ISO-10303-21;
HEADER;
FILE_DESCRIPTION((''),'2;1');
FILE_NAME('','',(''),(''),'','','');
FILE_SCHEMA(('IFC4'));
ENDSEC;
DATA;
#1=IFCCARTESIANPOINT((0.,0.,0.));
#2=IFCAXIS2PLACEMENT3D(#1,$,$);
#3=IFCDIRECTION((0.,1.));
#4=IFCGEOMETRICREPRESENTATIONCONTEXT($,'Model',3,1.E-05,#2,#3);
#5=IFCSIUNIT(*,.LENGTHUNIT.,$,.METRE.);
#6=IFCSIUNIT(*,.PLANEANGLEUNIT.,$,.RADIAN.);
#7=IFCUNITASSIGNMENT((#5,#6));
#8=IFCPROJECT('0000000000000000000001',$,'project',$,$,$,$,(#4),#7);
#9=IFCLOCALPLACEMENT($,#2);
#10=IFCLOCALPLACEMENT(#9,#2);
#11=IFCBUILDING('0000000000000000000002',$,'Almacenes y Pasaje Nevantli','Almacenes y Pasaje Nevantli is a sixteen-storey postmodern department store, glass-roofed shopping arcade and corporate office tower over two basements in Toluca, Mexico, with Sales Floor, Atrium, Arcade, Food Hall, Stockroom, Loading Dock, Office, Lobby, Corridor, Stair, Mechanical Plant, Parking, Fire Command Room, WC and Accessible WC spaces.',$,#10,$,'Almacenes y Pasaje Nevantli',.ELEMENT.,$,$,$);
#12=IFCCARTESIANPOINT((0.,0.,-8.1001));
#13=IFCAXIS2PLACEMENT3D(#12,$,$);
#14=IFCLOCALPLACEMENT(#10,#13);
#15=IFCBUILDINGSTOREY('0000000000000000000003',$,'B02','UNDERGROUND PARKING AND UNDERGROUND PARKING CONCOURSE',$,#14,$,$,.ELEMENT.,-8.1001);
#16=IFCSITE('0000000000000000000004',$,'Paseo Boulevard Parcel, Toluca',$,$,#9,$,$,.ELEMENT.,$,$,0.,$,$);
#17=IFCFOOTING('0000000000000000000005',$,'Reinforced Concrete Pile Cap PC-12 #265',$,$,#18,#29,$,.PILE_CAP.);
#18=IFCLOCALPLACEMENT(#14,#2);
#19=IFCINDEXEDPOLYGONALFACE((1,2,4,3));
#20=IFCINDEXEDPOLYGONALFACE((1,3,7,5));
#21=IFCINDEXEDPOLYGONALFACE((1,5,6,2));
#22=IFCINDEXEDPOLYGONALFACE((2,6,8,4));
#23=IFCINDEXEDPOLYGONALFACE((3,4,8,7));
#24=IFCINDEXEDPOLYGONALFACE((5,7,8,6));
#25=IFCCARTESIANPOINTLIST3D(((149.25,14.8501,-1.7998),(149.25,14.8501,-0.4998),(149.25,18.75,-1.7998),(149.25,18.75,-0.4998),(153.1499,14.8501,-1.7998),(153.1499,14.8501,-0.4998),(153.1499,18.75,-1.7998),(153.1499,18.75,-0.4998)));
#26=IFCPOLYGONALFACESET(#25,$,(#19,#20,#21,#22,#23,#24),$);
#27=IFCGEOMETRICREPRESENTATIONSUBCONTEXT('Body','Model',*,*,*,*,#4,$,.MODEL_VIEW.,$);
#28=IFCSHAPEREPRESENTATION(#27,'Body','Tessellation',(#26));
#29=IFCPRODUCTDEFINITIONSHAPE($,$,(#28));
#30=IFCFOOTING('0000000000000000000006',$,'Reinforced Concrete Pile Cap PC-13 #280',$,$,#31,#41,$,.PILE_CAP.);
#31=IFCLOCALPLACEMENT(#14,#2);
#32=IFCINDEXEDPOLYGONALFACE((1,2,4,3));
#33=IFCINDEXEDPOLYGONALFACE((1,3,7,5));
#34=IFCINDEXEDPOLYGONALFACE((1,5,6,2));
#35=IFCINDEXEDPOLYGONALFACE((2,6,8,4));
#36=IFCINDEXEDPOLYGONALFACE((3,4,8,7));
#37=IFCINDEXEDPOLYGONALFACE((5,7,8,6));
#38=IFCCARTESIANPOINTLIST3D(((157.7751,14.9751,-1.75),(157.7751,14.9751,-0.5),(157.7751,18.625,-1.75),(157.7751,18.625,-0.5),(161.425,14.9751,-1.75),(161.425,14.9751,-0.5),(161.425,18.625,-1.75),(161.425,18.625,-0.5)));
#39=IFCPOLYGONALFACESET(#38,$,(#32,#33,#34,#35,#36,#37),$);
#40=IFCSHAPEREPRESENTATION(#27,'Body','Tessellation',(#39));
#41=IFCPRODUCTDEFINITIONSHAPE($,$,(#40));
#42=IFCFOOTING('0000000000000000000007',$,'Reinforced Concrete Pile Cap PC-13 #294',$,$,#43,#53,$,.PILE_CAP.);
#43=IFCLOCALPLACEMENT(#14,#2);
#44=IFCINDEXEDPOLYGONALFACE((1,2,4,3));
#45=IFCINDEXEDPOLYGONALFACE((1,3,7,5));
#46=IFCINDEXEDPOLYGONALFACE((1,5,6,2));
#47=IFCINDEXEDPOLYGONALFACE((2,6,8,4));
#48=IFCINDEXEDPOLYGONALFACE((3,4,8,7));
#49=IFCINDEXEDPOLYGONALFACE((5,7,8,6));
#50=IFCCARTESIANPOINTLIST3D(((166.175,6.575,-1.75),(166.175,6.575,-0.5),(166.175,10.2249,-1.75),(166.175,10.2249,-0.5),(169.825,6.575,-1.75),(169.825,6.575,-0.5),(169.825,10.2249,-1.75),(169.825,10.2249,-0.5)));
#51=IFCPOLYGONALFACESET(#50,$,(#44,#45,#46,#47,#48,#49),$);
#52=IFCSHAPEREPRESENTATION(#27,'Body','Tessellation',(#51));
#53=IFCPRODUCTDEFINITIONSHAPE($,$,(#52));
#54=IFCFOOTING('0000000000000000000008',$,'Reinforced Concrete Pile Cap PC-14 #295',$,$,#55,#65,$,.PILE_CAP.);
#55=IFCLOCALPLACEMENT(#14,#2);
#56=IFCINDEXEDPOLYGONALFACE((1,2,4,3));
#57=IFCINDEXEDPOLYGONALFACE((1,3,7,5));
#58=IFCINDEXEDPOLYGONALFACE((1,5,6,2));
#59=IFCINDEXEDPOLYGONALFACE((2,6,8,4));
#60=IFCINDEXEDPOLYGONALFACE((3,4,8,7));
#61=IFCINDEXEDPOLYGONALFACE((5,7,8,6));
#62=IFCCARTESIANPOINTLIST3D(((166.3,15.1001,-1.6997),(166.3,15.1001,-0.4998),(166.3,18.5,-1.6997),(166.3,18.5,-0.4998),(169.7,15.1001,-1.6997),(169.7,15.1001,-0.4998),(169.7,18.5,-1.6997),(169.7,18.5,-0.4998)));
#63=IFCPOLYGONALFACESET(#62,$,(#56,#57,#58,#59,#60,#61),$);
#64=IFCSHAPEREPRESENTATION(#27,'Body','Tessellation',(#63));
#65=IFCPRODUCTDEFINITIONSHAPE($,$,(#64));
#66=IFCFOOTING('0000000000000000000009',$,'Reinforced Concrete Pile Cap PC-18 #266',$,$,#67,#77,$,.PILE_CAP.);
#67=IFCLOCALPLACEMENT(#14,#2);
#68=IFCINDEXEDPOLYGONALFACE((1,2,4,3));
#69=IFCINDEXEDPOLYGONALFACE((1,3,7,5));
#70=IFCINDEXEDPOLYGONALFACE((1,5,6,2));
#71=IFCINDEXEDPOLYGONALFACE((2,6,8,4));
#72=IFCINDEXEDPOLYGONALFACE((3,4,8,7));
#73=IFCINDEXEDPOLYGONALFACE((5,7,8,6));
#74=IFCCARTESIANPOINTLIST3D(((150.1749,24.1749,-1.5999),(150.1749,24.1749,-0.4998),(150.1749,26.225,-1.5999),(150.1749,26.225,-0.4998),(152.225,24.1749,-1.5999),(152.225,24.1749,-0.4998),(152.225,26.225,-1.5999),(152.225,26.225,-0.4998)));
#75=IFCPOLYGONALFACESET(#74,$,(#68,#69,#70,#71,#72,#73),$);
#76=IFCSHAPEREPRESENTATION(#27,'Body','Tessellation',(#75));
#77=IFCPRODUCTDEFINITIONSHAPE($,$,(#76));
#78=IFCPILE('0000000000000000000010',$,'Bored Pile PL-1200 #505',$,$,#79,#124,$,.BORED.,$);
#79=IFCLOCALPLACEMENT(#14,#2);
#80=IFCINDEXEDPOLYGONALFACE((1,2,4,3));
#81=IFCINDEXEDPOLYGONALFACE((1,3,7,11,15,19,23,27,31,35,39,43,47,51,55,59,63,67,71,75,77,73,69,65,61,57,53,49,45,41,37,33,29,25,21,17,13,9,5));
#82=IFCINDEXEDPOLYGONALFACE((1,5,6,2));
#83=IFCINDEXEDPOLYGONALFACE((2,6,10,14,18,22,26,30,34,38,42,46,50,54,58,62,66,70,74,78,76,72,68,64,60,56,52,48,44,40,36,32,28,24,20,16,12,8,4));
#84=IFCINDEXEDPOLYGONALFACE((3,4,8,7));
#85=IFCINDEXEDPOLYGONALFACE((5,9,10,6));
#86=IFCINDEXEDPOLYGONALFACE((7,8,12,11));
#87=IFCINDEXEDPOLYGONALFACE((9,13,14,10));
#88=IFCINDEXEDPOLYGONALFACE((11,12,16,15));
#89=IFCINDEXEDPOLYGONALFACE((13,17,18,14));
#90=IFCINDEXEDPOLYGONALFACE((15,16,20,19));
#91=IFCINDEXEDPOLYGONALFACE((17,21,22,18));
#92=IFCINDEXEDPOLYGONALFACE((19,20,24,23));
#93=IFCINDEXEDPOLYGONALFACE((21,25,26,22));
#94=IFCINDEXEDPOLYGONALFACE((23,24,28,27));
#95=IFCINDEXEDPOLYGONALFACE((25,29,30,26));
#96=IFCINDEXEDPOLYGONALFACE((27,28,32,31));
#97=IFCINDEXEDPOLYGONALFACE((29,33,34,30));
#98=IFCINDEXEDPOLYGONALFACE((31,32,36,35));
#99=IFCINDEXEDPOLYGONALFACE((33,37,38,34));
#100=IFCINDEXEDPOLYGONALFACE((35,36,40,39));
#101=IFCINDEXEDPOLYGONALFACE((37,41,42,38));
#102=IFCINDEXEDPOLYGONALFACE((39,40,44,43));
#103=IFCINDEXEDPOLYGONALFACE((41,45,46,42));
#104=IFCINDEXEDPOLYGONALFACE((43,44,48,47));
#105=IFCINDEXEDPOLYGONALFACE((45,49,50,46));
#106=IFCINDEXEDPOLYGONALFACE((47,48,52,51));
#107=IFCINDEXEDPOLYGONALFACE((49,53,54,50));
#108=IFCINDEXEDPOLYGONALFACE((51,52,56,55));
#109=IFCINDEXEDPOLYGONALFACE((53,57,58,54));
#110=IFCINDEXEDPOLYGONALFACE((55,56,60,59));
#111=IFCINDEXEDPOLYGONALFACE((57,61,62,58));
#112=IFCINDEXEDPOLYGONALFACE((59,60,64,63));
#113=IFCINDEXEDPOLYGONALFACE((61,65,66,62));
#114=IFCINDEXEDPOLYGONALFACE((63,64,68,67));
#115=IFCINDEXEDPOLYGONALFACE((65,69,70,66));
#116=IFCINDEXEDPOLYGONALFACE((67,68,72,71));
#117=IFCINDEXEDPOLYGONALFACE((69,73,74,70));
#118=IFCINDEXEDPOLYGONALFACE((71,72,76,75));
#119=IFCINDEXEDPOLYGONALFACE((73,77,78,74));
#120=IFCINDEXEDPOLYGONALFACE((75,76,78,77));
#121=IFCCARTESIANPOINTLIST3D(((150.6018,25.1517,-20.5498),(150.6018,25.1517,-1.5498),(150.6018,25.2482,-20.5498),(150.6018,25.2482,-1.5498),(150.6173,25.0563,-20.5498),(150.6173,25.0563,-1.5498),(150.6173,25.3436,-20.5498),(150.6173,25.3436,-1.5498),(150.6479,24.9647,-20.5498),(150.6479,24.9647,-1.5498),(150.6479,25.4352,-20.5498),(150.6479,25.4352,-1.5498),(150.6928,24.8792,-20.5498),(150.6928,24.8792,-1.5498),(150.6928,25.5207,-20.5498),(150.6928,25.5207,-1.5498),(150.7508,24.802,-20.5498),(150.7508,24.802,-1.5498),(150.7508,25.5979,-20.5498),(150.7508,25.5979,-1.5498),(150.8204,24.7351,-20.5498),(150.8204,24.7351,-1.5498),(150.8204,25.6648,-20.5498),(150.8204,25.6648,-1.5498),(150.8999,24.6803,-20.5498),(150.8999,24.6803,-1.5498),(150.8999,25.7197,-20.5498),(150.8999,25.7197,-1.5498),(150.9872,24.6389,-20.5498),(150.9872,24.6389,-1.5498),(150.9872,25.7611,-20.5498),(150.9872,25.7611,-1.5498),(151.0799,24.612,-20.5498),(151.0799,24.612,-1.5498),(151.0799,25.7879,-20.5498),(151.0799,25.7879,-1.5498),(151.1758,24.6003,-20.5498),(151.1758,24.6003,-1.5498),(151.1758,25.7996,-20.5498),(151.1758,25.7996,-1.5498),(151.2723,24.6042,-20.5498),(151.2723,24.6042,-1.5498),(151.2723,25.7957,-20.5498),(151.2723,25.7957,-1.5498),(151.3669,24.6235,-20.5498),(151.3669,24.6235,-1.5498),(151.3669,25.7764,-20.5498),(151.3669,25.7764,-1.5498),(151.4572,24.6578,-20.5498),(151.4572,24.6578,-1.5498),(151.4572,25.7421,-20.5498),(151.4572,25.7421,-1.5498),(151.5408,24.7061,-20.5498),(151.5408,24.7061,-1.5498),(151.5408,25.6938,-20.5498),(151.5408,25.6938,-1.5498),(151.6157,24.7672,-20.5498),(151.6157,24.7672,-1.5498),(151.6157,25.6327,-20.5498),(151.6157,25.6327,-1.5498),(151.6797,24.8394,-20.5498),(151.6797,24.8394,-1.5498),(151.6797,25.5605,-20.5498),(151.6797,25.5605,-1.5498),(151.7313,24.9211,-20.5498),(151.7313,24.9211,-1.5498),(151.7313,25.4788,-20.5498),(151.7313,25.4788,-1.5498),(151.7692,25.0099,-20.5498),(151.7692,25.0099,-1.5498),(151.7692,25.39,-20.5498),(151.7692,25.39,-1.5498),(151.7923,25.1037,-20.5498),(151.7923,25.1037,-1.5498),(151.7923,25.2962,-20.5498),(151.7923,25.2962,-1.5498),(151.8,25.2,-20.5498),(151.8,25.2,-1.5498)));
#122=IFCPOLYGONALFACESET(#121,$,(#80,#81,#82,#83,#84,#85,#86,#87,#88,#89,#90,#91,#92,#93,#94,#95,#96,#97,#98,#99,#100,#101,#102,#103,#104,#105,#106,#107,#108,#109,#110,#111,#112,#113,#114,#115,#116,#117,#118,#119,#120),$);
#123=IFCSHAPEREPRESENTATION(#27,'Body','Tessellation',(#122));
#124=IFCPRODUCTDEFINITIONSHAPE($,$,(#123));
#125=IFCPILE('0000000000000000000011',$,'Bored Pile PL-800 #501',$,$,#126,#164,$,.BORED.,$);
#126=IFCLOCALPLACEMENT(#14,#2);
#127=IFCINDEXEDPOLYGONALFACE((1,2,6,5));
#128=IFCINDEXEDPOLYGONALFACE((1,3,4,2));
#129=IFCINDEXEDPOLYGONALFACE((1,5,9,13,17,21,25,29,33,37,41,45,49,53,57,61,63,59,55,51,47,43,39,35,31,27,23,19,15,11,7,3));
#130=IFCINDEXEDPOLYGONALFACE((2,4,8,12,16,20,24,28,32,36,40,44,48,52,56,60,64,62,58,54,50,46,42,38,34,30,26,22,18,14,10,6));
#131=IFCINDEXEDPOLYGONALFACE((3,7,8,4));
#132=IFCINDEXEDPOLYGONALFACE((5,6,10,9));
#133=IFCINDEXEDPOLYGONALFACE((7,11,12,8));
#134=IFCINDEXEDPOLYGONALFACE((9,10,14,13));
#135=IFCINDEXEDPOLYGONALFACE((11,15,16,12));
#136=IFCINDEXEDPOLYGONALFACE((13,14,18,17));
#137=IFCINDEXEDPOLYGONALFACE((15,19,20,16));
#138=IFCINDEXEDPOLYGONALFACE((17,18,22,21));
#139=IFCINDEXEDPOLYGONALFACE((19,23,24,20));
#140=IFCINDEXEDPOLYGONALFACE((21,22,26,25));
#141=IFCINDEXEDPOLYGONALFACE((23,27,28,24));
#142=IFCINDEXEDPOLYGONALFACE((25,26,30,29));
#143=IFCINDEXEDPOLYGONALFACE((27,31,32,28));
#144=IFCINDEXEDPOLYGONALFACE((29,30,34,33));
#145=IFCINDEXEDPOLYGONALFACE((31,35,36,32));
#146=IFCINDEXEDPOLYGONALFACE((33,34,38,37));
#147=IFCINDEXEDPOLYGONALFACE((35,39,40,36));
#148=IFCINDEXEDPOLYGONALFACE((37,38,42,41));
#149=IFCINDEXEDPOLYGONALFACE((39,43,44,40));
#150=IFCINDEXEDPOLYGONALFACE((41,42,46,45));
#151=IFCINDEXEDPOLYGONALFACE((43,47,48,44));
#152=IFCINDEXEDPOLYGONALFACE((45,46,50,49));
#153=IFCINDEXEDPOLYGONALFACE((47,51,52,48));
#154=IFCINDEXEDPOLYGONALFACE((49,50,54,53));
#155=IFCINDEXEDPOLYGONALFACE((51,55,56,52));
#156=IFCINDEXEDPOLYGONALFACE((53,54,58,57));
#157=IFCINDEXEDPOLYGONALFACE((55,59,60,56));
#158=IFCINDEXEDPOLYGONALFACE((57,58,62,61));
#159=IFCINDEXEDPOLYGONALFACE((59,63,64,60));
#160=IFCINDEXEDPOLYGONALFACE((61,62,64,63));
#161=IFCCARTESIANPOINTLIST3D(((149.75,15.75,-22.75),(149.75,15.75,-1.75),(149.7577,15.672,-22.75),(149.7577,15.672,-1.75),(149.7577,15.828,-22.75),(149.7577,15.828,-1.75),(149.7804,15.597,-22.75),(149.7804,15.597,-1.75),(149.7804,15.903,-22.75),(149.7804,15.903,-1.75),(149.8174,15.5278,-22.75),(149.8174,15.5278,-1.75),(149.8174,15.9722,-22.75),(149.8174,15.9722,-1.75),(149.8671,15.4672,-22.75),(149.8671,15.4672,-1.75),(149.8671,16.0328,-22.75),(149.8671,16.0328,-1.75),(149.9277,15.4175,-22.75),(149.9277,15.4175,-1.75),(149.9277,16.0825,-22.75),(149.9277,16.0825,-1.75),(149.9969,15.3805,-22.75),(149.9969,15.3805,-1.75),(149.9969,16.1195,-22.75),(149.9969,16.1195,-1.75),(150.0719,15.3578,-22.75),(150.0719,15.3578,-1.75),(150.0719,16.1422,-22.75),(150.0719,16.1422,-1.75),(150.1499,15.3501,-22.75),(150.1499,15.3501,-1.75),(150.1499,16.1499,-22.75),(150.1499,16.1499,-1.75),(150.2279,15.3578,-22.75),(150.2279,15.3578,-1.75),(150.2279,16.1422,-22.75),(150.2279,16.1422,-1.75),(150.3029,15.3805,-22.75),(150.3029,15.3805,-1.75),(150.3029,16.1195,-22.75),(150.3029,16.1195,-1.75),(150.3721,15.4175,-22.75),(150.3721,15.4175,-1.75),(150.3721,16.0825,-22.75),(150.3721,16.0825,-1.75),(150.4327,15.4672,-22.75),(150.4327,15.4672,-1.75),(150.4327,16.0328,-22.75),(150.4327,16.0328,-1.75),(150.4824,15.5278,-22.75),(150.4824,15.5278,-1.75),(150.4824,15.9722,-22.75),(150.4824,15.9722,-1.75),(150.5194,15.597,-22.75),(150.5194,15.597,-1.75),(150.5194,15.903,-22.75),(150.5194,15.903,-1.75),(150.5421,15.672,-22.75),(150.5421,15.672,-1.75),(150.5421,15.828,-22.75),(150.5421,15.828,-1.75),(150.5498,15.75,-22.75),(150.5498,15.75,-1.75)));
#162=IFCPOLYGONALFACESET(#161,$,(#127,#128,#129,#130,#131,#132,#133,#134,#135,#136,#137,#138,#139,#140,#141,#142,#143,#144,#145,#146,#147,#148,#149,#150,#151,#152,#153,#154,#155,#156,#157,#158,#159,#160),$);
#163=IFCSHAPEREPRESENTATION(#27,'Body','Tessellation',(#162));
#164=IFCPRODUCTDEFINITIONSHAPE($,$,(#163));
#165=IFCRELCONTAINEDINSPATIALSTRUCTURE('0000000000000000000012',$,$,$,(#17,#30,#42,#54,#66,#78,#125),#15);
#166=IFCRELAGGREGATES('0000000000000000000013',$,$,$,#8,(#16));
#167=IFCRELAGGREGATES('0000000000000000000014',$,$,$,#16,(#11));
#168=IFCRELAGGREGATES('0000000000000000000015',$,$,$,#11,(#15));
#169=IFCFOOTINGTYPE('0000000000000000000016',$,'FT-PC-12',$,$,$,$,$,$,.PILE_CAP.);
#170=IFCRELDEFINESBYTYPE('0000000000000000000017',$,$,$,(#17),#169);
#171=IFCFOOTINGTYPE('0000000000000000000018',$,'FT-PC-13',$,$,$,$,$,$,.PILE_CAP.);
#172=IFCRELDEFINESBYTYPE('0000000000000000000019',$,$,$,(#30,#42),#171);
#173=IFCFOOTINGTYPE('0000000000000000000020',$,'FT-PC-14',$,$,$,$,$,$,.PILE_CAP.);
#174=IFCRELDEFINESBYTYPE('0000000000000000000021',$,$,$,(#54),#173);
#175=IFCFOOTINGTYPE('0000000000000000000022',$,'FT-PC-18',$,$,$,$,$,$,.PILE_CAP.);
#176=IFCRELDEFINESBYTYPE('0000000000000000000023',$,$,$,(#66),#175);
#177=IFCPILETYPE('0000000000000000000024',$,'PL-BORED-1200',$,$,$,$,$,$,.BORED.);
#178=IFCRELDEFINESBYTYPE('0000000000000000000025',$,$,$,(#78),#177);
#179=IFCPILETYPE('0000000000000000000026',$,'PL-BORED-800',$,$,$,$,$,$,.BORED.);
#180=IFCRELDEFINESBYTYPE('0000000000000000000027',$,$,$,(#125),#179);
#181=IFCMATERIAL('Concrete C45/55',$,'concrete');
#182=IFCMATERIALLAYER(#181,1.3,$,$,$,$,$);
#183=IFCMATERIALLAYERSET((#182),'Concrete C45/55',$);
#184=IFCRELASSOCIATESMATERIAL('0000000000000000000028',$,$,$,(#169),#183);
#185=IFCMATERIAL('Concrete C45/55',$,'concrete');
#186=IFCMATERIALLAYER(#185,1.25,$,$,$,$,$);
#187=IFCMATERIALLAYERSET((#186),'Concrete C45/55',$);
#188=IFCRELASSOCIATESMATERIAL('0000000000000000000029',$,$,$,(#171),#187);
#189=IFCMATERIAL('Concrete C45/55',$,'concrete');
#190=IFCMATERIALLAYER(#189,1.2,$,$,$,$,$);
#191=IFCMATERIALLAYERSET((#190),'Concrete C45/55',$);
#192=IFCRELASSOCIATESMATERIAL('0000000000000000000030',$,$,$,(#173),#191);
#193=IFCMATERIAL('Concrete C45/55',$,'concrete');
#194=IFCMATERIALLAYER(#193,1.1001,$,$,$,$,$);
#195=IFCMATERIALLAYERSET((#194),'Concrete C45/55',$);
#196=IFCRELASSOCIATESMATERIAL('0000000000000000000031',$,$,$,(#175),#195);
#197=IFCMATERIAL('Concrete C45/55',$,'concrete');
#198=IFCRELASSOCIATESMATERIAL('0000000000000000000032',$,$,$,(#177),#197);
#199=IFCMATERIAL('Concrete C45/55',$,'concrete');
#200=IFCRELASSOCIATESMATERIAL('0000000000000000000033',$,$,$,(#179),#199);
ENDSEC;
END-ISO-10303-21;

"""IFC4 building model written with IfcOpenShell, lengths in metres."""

from ifc_helpers import new_model, si_unit, direction, frame, origin, origin_2d, place, context, subcontext, project, spatial, rectangle, circle, extrude, material, layer, layer_set, material_profile, profile_set, type_object, element, save


model = new_model("IFC4")

# Units and contexts
model_context = context("Model", 3, precision=1e-05, world=origin(), true_north=direction((0.0, 1.0)))
body_context = subcontext(model_context, "Body", "Model", "MODEL_VIEW")
ifc_project = project(units=[si_unit("LENGTHUNIT", "METRE"), si_unit("PLANEANGLEUNIT", "RADIAN")], contexts=[model_context])

# Site, building, storey
site_placement = place(None, origin())
site = spatial("IfcSite", under=ifc_project, at=site_placement, Name="Paseo Boulevard Parcel, Toluca", CompositionType="ELEMENT", RefElevation=0.0)
building_placement = place(site_placement, origin())
building = spatial("IfcBuilding", under=site, at=building_placement, Name="Almacenes y Pasaje Nevantli", Description="Almacenes y Pasaje Nevantli is a sixteen-storey postmodern department store, glass-roofed shopping arcade and corporate office tower over two basements in Toluca, Mexico, with Sales Floor, Atrium, Arcade, Food Hall, Stockroom, Loading Dock, Office, Lobby, Corridor, Stair, Mechanical Plant, Parking, Fire Command Room, WC and Accessible WC spaces.", LongName="Almacenes y Pasaje Nevantli", CompositionType="ELEMENT")
storey_placement = place(building_placement, frame((0.0, 0.0, -8.1001)))
storey = spatial("IfcBuildingStorey", under=building, at=storey_placement, Name="B02", Description="UNDERGROUND PARKING AND UNDERGROUND PARKING CONCOURSE", CompositionType="ELEMENT", Elevation=-8.1001)

# Footings
ifc_material_1 = material(Name="Concrete C45/55", Category="concrete")
ifc_layer_1 = layer(ifc_material_1, 1.3)
ifc_layer_set_1 = layer_set([ifc_layer_1], Name="Concrete C45/55")
footing_type_1 = type_object("IfcFootingType", Name="FT-PC-12", PredefinedType="PILE_CAP", material=ifc_layer_set_1)
footing_1_placement = place(storey_placement, frame((151.2, 16.8, -1.7998), z_axis=(0.0, 0.0, 1.0), x_axis=(1.0, 0.0, 0.0)))
element("IfcFooting", 1, at=footing_1_placement, inside=storey, type_object=footing_type_1, Name="Reinforced Concrete Pile Cap PC-12 #265", PredefinedType="PILE_CAP", context=body_context, shape_type="SweptSolid", body=[
    extrude(rectangle(XDim=3.8999, YDim=3.8999, at=origin_2d()), origin(), (0.0, 0.0, 1.0), 1.3),
])
ifc_material_2 = material(Name="Concrete C45/55", Category="concrete")
ifc_layer_2 = layer(ifc_material_2, 1.25)
ifc_layer_set_2 = layer_set([ifc_layer_2], Name="Concrete C45/55")
footing_type_2 = type_object("IfcFootingType", Name="FT-PC-13", PredefinedType="PILE_CAP", material=ifc_layer_set_2)
for number, where, z_axis, x_axis, name in (
    (2, (159.6001, 16.8, -1.75), (0.0, 0.0, 1.0), (1.0, 0.0, 0.0), "Reinforced Concrete Pile Cap PC-13 #280"),
    (3, (168.0, 8.3999, -1.75), (0.0, 0.0, 1.0), (1.0, 0.0, 0.0), "Reinforced Concrete Pile Cap PC-13 #294"),
):
    element("IfcFooting", number, at=place(storey_placement, frame(where, z_axis=z_axis, x_axis=x_axis)), inside=storey, type_object=footing_type_2, Name=name, PredefinedType="PILE_CAP", context=body_context, shape_type="SweptSolid", body=[
        extrude(rectangle(XDim=3.6499, YDim=3.6499, at=origin_2d()), origin(), (0.0, 0.0, 1.0), 1.25),
    ])
ifc_material_3 = material(Name="Concrete C45/55", Category="concrete")
ifc_layer_3 = layer(ifc_material_3, 1.2)
ifc_layer_set_3 = layer_set([ifc_layer_3], Name="Concrete C45/55")
footing_type_3 = type_object("IfcFootingType", Name="FT-PC-14", PredefinedType="PILE_CAP", material=ifc_layer_set_3)
footing_2_placement = place(storey_placement, frame((168.0, 16.8, -1.6997), z_axis=(0.0, 0.0, 1.0), x_axis=(1.0, 0.0, 0.0)))
element("IfcFooting", 4, at=footing_2_placement, inside=storey, type_object=footing_type_3, Name="Reinforced Concrete Pile Cap PC-14 #295", PredefinedType="PILE_CAP", context=body_context, shape_type="SweptSolid", body=[
    extrude(rectangle(XDim=3.3999, YDim=3.3999, at=origin_2d()), origin(), (0.0, 0.0, 1.0), 1.2),
])
ifc_material_4 = material(Name="Concrete C45/55", Category="concrete")
ifc_layer_4 = layer(ifc_material_4, 1.1001)
ifc_layer_set_4 = layer_set([ifc_layer_4], Name="Concrete C45/55")
footing_type_4 = type_object("IfcFootingType", Name="FT-PC-18", PredefinedType="PILE_CAP", material=ifc_layer_set_4)
footing_3_placement = place(storey_placement, frame((151.2, 25.2, -1.5999), z_axis=(0.0, 0.0, 1.0), x_axis=(1.0, 0.0, 0.0)))
element("IfcFooting", 5, at=footing_3_placement, inside=storey, type_object=footing_type_4, Name="Reinforced Concrete Pile Cap PC-18 #266", PredefinedType="PILE_CAP", context=body_context, shape_type="SweptSolid", body=[
    extrude(rectangle(XDim=2.05, YDim=2.05, at=origin_2d()), origin(), (0.0, 0.0, 1.0), 1.1001),
])

# Piles
ifc_material_5 = material(Name="Concrete C45/55", Category="concrete")
ifc_material_profile_1 = material_profile(ifc_material_5, circle(Radius=0.6001, at=origin_2d()), Name="RC-PILE-D1200")
ifc_profile_set_1 = profile_set([ifc_material_profile_1], Name="Concrete C45/55")
pile_type_1 = type_object("IfcPileType", Name="PL-BORED-1200", PredefinedType="BORED", material=ifc_profile_set_1)
pile_placement = place(storey_placement, frame((151.2, 25.2, -1.5498), z_axis=(0.0, 0.0, -1.0), x_axis=(1.0, 0.0, 0.0)))
element("IfcPile", 6, at=pile_placement, inside=storey, type_object=pile_type_1, Name="Bored Pile PL-1200 #505", PredefinedType="BORED", context=body_context, shape_type="SweptSolid", body=[
    extrude(circle(Radius=0.6001, at=origin_2d()), origin(), (0.0, 0.0, 1.0), 19.0),
])
ifc_material_6 = material(Name="Concrete C45/55", Category="concrete")
ifc_material_profile_2 = material_profile(ifc_material_6, circle(Radius=0.3999, at=origin_2d()), Name="RC-PILE-D800")
ifc_profile_set_2 = profile_set([ifc_material_profile_2], Name="Concrete C45/55")
pile_type_2 = type_object("IfcPileType", Name="PL-BORED-800", PredefinedType="BORED", material=ifc_profile_set_2)
for number, where, z_axis, x_axis, name in (
    (7, (150.1499, 15.75, -1.75), (0.0, 0.0, -1.0), (1.0, 0.0, 0.0), "Bored Pile PL-800 #501"),
):
    element("IfcPile", number, at=place(storey_placement, frame(where, z_axis=z_axis, x_axis=x_axis)), inside=storey, type_object=pile_type_2, Name=name, PredefinedType="BORED", context=body_context, shape_type="SweptSolid", body=[
        extrude(circle(Radius=0.3999, at=origin_2d()), origin(), (0.0, 0.0, 1.0), 21.0),
    ])

save(model, "model.ifc")
